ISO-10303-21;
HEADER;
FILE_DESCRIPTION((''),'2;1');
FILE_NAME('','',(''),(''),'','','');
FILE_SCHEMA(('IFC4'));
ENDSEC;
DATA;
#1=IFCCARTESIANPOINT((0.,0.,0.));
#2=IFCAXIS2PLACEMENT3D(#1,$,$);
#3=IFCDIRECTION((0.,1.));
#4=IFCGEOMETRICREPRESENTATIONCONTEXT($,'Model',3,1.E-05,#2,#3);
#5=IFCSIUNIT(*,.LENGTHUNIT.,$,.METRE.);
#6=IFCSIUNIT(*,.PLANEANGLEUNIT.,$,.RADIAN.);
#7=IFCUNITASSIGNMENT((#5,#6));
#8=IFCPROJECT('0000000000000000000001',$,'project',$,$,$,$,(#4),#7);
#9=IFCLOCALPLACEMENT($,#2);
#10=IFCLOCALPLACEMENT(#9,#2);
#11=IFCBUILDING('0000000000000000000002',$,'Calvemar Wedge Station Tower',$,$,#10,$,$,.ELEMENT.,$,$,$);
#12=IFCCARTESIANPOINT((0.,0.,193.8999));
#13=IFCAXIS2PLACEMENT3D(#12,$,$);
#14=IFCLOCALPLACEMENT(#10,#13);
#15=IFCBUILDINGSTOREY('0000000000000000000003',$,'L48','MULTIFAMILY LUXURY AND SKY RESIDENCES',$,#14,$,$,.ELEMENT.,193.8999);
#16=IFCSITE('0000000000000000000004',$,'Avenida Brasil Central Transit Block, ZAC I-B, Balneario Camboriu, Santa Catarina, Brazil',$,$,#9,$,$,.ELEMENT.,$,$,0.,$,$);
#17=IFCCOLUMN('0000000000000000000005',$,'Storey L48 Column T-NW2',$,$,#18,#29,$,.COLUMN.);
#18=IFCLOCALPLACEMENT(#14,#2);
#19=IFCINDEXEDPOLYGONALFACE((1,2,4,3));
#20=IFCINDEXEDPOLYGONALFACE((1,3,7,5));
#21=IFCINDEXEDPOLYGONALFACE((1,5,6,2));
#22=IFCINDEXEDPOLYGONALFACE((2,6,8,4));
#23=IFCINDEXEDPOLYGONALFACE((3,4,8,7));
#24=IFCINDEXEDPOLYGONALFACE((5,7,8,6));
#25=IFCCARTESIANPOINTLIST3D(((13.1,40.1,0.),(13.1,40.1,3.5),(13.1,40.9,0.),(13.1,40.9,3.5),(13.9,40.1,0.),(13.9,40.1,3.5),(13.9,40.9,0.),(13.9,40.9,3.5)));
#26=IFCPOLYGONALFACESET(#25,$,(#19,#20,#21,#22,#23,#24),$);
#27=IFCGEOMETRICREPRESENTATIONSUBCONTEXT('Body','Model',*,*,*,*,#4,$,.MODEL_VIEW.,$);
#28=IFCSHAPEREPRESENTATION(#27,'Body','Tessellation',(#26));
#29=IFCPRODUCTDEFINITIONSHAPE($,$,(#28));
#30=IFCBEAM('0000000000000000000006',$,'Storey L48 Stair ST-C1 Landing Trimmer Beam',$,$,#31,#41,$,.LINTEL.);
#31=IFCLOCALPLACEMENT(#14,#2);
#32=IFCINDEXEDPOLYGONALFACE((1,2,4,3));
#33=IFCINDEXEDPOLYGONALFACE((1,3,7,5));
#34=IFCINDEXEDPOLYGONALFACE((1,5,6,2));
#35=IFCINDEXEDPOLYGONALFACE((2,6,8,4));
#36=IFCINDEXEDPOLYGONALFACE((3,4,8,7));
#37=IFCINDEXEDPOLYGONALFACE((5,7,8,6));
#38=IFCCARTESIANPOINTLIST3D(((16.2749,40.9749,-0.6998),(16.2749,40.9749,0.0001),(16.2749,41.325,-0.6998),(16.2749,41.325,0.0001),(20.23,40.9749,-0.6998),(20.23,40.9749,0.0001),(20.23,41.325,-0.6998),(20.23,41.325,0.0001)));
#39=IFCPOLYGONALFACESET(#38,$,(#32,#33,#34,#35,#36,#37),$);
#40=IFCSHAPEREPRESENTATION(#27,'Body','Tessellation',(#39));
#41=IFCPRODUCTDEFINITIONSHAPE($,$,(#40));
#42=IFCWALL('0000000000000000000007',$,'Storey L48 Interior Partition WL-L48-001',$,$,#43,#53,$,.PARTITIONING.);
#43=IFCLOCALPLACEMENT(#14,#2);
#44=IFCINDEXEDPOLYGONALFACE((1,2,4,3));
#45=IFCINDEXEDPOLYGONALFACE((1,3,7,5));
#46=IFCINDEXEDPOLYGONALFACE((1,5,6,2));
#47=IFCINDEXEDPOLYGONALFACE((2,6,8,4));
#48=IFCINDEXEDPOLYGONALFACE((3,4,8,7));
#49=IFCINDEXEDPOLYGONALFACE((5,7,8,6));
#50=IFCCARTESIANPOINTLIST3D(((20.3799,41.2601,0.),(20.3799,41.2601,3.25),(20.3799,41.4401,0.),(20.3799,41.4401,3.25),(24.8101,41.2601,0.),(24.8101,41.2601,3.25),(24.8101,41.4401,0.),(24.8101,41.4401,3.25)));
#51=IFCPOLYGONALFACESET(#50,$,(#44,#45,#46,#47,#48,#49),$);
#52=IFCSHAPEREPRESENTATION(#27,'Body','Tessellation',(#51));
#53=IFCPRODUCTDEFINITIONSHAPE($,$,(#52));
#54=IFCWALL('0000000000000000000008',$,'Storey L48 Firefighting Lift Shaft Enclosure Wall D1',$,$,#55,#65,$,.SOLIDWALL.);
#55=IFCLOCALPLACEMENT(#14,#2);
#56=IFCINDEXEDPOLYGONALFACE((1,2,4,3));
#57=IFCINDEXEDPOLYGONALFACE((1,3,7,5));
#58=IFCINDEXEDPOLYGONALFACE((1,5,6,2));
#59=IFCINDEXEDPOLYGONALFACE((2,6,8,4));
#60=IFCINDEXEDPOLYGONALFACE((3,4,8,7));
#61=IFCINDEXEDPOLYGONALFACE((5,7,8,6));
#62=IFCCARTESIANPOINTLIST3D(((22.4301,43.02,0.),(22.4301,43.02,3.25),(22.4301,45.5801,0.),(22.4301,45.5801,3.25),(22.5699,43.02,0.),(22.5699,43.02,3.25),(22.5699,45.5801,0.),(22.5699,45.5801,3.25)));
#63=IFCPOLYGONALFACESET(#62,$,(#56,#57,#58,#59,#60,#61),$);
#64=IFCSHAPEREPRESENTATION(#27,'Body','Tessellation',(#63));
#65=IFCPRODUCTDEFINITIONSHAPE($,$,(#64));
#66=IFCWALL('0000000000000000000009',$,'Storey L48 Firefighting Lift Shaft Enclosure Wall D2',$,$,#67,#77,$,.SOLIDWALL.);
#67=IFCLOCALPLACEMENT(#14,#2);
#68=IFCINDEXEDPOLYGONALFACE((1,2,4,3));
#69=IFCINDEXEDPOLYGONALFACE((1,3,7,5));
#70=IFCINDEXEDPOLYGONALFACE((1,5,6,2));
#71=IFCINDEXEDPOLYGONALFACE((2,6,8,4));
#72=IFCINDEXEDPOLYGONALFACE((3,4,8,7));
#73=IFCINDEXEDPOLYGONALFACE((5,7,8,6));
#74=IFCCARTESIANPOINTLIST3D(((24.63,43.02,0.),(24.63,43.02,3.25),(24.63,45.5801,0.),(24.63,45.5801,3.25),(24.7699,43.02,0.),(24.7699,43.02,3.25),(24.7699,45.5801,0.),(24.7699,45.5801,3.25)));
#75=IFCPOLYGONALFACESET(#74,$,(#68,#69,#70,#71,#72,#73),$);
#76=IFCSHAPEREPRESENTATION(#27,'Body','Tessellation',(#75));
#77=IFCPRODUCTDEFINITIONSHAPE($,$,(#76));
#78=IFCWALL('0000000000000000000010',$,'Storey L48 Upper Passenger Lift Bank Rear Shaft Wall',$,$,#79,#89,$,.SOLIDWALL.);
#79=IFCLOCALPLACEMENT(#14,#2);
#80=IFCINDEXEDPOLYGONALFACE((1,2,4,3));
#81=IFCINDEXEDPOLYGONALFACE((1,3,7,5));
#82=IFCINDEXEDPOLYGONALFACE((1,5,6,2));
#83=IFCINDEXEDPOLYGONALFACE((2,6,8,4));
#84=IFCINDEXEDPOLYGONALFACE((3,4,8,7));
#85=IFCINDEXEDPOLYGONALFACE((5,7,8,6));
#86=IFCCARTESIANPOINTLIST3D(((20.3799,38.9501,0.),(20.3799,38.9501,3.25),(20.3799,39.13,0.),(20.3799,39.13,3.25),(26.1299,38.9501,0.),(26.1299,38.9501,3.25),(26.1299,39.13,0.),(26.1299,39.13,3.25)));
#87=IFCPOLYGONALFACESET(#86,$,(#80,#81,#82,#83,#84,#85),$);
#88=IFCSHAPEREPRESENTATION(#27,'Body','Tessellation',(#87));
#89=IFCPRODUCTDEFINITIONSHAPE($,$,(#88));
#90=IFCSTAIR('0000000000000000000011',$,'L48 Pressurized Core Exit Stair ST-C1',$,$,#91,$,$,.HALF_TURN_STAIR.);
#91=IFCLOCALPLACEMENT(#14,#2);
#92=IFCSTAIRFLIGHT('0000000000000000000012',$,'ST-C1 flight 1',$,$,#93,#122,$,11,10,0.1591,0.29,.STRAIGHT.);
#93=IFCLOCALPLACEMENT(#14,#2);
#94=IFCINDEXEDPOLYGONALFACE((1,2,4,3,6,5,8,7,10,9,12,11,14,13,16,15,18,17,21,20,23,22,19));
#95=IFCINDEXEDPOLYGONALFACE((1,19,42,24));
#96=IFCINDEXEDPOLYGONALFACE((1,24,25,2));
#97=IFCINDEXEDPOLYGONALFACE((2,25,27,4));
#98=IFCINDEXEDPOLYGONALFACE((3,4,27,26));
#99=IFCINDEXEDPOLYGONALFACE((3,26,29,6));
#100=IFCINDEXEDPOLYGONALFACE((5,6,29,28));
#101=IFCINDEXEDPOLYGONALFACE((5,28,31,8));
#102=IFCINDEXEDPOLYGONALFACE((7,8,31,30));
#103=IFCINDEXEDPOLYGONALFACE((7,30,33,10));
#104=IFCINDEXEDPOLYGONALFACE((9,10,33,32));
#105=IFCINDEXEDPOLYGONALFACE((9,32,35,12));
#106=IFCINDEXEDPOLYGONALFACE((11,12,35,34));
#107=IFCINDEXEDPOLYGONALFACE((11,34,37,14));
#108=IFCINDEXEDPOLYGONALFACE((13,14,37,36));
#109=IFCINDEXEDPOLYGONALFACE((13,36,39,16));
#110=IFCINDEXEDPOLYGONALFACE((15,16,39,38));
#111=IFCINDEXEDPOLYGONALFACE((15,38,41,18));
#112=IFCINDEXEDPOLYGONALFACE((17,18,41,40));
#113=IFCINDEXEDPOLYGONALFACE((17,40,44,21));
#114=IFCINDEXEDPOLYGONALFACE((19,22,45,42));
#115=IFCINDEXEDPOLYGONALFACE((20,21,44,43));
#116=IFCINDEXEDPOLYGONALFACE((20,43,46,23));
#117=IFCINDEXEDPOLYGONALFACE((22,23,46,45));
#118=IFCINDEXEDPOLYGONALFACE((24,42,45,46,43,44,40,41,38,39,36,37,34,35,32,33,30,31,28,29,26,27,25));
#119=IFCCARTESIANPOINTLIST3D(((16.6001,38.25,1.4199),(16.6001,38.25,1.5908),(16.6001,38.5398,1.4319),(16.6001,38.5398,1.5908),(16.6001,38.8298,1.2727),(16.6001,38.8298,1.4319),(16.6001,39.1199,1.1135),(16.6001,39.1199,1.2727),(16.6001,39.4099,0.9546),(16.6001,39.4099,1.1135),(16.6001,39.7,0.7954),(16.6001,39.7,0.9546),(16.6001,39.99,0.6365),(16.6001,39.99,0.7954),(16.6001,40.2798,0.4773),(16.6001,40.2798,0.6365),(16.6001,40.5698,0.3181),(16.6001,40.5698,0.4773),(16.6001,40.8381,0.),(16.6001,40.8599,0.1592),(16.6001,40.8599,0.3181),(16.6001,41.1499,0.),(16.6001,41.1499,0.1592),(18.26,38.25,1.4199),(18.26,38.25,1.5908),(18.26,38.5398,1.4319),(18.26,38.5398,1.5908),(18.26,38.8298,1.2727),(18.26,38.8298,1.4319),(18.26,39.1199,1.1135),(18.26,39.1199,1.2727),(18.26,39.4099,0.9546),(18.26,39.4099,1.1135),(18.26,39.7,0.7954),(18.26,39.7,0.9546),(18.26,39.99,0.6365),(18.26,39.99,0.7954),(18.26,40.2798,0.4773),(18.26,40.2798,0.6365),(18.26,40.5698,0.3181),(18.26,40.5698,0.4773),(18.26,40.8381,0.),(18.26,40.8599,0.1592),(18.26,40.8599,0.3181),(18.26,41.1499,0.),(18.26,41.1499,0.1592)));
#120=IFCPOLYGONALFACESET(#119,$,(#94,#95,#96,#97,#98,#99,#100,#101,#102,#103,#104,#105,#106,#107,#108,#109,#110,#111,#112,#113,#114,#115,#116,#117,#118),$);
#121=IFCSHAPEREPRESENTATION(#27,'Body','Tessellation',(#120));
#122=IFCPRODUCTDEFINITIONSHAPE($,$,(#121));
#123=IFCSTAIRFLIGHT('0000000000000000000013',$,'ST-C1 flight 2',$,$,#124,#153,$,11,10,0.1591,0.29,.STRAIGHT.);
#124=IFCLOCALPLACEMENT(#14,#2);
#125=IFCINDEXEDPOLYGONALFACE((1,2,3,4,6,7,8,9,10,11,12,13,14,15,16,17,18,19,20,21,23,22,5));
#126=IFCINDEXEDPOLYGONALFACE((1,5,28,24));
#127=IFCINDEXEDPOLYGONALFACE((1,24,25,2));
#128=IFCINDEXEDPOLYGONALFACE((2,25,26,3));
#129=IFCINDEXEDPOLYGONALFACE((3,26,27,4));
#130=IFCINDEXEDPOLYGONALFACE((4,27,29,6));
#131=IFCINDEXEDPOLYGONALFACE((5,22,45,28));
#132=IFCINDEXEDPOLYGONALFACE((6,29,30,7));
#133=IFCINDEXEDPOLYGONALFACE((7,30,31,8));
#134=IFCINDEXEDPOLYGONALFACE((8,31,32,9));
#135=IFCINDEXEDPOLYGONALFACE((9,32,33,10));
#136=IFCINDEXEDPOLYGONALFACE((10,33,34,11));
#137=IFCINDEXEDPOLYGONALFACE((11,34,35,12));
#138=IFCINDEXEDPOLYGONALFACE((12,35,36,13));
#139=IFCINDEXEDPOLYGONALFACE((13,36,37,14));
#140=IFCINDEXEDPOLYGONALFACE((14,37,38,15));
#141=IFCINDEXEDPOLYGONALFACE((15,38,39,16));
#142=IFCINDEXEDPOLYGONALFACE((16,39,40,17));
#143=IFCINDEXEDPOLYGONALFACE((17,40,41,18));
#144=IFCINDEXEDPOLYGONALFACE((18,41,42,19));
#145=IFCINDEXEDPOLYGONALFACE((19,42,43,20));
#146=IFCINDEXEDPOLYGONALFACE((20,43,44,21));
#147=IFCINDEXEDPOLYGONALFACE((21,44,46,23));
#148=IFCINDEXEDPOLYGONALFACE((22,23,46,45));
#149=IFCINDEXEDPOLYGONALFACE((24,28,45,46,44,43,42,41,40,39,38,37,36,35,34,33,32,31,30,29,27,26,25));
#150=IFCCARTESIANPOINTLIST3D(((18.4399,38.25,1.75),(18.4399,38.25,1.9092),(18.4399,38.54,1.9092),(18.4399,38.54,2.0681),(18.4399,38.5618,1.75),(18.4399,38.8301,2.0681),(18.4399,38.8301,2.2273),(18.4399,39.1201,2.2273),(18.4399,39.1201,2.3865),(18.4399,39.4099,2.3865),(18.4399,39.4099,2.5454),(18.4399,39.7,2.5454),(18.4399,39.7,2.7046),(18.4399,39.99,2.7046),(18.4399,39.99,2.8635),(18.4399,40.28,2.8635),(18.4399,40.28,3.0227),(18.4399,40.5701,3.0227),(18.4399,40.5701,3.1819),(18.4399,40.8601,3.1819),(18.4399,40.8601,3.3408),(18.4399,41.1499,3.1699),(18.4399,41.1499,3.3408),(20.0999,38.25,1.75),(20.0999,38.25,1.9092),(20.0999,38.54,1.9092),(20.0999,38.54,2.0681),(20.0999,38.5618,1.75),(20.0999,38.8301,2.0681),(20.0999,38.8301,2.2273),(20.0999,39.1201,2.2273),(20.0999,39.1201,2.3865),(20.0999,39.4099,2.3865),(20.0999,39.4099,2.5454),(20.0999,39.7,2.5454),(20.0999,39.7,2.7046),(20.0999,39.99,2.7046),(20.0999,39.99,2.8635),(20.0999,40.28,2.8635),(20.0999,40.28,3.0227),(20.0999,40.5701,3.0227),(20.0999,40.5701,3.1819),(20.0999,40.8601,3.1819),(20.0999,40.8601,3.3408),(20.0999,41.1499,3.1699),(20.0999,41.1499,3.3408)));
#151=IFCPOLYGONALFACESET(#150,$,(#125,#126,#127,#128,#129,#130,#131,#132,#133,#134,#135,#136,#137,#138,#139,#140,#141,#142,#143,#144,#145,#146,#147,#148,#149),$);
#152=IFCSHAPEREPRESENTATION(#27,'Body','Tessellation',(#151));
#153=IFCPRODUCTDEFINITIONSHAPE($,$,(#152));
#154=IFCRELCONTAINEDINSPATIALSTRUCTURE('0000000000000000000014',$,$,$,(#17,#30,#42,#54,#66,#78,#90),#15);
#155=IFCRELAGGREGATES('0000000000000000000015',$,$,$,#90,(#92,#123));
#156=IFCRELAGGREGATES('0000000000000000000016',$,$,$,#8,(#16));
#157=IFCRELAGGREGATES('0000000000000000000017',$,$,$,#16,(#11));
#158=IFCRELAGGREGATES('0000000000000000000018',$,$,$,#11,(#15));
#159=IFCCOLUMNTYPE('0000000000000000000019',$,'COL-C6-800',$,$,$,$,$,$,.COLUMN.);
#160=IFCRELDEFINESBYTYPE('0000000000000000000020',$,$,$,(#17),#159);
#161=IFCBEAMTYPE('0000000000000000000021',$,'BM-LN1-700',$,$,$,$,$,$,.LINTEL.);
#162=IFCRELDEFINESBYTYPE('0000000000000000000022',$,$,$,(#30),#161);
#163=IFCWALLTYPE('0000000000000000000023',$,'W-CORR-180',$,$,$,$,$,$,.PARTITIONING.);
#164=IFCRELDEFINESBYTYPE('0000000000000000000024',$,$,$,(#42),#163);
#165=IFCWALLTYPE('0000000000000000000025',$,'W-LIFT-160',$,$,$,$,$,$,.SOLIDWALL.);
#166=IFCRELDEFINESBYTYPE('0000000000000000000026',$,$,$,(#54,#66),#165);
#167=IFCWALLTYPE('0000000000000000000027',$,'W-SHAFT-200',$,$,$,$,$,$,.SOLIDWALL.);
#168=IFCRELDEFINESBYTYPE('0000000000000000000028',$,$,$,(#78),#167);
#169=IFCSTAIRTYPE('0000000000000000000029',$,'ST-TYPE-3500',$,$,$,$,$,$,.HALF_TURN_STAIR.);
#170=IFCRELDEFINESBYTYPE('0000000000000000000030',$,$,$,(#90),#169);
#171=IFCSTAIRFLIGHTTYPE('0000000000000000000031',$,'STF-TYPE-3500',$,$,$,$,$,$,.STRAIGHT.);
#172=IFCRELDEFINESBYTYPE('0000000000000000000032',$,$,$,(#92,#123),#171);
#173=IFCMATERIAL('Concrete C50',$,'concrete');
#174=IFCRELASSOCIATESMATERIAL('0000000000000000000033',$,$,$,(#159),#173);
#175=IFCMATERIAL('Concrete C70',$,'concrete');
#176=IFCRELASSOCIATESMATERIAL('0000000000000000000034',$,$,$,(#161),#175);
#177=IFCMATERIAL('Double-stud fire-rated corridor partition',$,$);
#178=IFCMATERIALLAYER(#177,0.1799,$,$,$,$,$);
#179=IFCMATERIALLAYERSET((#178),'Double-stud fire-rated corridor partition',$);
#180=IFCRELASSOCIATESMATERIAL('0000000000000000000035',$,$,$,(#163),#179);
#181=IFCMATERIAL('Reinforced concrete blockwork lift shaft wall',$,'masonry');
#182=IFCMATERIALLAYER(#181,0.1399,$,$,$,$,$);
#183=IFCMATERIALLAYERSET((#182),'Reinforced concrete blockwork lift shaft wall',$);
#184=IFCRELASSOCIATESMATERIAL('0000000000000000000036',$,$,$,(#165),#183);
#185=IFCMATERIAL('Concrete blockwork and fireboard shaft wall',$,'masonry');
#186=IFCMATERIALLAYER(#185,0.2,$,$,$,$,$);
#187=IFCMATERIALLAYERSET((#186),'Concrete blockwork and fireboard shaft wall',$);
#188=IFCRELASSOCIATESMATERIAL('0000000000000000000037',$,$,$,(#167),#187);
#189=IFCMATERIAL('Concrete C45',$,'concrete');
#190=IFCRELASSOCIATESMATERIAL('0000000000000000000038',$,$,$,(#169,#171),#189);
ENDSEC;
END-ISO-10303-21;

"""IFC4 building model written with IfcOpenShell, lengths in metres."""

from ifc_helpers import new_model, si_unit, direction, frame, frame_2d, origin, origin_2d, place, context, subcontext, project, spatial, polyline, rectangle, outline, extrude, source, transform, mapped, material, layer, layer_set, material_profile, profile_set, type_object, element, aggregate, save


model = new_model("IFC4")

# Units and contexts
model_context = context("Model", 3, precision=1e-05, world=origin(), true_north=direction((0.0, 1.0)))
body_context = subcontext(model_context, "Body", "Model", "MODEL_VIEW")
ifc_project = project(units=[si_unit("LENGTHUNIT", "METRE"), si_unit("PLANEANGLEUNIT", "RADIAN")], contexts=[model_context])

# Site, building, storey
site_placement = place(None, origin())
site = spatial("IfcSite", under=ifc_project, at=site_placement, Name="Avenida Brasil Central Transit Block, ZAC I-B, Balneario Camboriu, Santa Catarina, Brazil", CompositionType="ELEMENT", RefElevation=0.0)
building_placement = place(site_placement, origin())
building = spatial("IfcBuilding", under=site, at=building_placement, Name="Calvemar Wedge Station Tower", CompositionType="ELEMENT")
storey_placement = place(building_placement, frame((0.0, 0.0, 193.8999)))
storey = spatial("IfcBuildingStorey", under=building, at=storey_placement, Name="L48", Description="MULTIFAMILY LUXURY AND SKY RESIDENCES", CompositionType="ELEMENT", Elevation=193.8999)

# Column
ifc_material_1 = material(Name="Concrete C50", Category="concrete")
ifc_material_profile_1 = material_profile(ifc_material_1, rectangle(XDim=0.8, YDim=0.8, at=origin_2d()), Name="RC800x800")
ifc_profile_set_1 = profile_set([ifc_material_profile_1], Name="Concrete C50")
column_type = type_object("IfcColumnType", Name="COL-C6-800", PredefinedType="COLUMN", material=ifc_profile_set_1)
shared_shape_1 = source(origin(), body_context, "Body", "SweptSolid", [
    extrude(rectangle(XDim=0.8, YDim=0.8, at=origin_2d()), origin(), (0.0, 0.0, 1.0), 3.5),
])
column_placement = place(storey_placement, frame((13.5, 40.5, 0.0), z_axis=(0.0, 0.0, 1.0), x_axis=(1.0, 0.0, 0.0)))
element("IfcColumn", 1, at=column_placement, inside=storey, type_object=column_type, Name="Storey L48 Column T-NW2", PredefinedType="COLUMN", context=body_context, shape_type="MappedRepresentation", body=[
    mapped(shared_shape_1, transform((0.0, 0.0, 0.0), scale=1.0)),
])

# Beam
ifc_material_2 = material(Name="Concrete C70", Category="concrete")
ifc_material_profile_2 = material_profile(ifc_material_2, rectangle(XDim=0.3501, YDim=0.7, at=origin_2d()), Name="RC350x700")
ifc_profile_set_2 = profile_set([ifc_material_profile_2], Name="Concrete C70")
beam_type = type_object("IfcBeamType", Name="BM-LN1-700", PredefinedType="LINTEL", material=ifc_profile_set_2)
shared_shape_2 = source(origin(), body_context, "Body", "SweptSolid", [
    extrude(rectangle(XDim=0.3501, YDim=0.7, at=origin_2d()), origin(), (0.0, 0.0, 1.0), 3.9551),
])
beam_placement = place(storey_placement, frame((16.2749, 41.1499, -0.3499), z_axis=(1.0, 0.0, 0.0), x_axis=(0.0, 1.0, 0.0)))
element("IfcBeam", 2, at=beam_placement, inside=storey, type_object=beam_type, Name="Storey L48 Stair ST-C1 Landing Trimmer Beam", PredefinedType="LINTEL", context=body_context, shape_type="MappedRepresentation", body=[
    mapped(shared_shape_2, transform((0.0, 0.0, 0.0), scale=1.0)),
])

# Wall
ifc_material_3 = material(Name="Double-stud fire-rated corridor partition")
ifc_layer_1 = layer(ifc_material_3, 0.1799)
ifc_layer_set_1 = layer_set([ifc_layer_1], Name="Double-stud fire-rated corridor partition")
wall_type_1 = type_object("IfcWallType", Name="W-CORR-180", PredefinedType="PARTITIONING", material=ifc_layer_set_1)
wall_1_placement = place(storey_placement, frame((24.8101, 41.3501, 0.0), z_axis=(0.0, 0.0, 1.0), x_axis=(-1.0, 0.0, 0.0)))
element("IfcWall", 3, at=wall_1_placement, inside=storey, type_object=wall_type_1, Name="Storey L48 Interior Partition WL-L48-001", PredefinedType="PARTITIONING", context=body_context, shape_type="SweptSolid", body=[
    extrude(rectangle(XDim=4.4302, YDim=0.1799, at=frame_2d((2.2151, 0.0))), origin(), (0.0, 0.0, 1.0), 3.25),
])

# Shared definitions
ifc_material_4 = material(Name="Reinforced concrete blockwork lift shaft wall", Category="masonry")
ifc_layer_2 = layer(ifc_material_4, 0.1399)
ifc_layer_set_2 = layer_set([ifc_layer_2], Name="Reinforced concrete blockwork lift shaft wall")
wall_type_2 = type_object("IfcWallType", Name="W-LIFT-160", PredefinedType="SOLIDWALL", material=ifc_layer_set_2)

# Walls
for number, where, z_axis, x_axis, name in (
    (4, (22.5, 43.02, 0.0), (0.0, 0.0, 1.0), (0.0, 1.0, 0.0), "Storey L48 Firefighting Lift Shaft Enclosure Wall D1"),
    (5, (24.7, 43.02, 0.0), (0.0, 0.0, 1.0), (0.0, 1.0, 0.0), "Storey L48 Firefighting Lift Shaft Enclosure Wall D2"),
):
    element("IfcWall", number, at=place(storey_placement, frame(where, z_axis=z_axis, x_axis=x_axis)), inside=storey, type_object=wall_type_2, Name=name, PredefinedType="SOLIDWALL", context=body_context, shape_type="SweptSolid", body=[
        extrude(rectangle(XDim=2.5601, YDim=0.1399, at=frame_2d((1.28, 0.0))), origin(), (0.0, 0.0, 1.0), 3.25),
    ])
ifc_material_5 = material(Name="Concrete blockwork and fireboard shaft wall", Category="masonry")
ifc_layer_3 = layer(ifc_material_5, 0.2)
ifc_layer_set_3 = layer_set([ifc_layer_3], Name="Concrete blockwork and fireboard shaft wall")
wall_type_3 = type_object("IfcWallType", Name="W-SHAFT-200", PredefinedType="SOLIDWALL", material=ifc_layer_set_3)
wall_2_placement = place(storey_placement, frame((20.3799, 39.04, 0.0), z_axis=(0.0, 0.0, 1.0), x_axis=(1.0, 0.0, 0.0)))
element("IfcWall", 6, at=wall_2_placement, inside=storey, type_object=wall_type_3, Name="Storey L48 Upper Passenger Lift Bank Rear Shaft Wall", PredefinedType="SOLIDWALL", context=body_context, shape_type="SweptSolid", body=[
    extrude(rectangle(XDim=5.75, YDim=0.1799, at=frame_2d((2.875, 0.0))), origin(), (0.0, 0.0, 1.0), 3.25),
])

# Stair, stair flights
ifc_material_6 = material(Name="Concrete C45", Category="concrete")
stair_type = type_object("IfcStairType", Name="ST-TYPE-3500", PredefinedType="HALF_TURN_STAIR", material=ifc_material_6)
stair_placement = place(storey_placement, origin())
stair = element("IfcStair", 7, at=stair_placement, inside=storey, type_object=stair_type, Name="L48 Pressurized Core Exit Stair ST-C1", PredefinedType="HALF_TURN_STAIR")
stair_flight_type = type_object("IfcStairFlightType", Name="STF-TYPE-3500", PredefinedType="STRAIGHT", material=ifc_material_6)
stair_flight_1_placement = place(storey_placement, frame((17.4299, 41.1499, 0.0), z_axis=(0.0, 0.0, 1.0), x_axis=(0.0, -1.0, 0.0)))
stair_flight_1 = element("IfcStairFlight", 8, at=stair_flight_1_placement, type_object=stair_flight_type, Name="ST-C1 flight 1", NumberOfRisers=11, NumberOfTreads=10, PredefinedType="STRAIGHT", RiserHeight=0.1591, TreadLength=0.29, context=body_context, shape_type="SweptSolid", body=[
    extrude(outline(polyline([(0.0, 0.0), (0.0, 0.1592), (0.29, 0.1592), (0.29, 0.3181), (0.5801, 0.3181), (0.5801, 0.4773), (0.8701, 0.4773), (0.8701, 0.6365), (1.1599, 0.6365), (1.1599, 0.7954), (1.45, 0.7954), (1.45, 0.9546), (1.74, 0.9546), (1.74, 1.1135), (2.03, 1.1135), (2.03, 1.2727), (2.3201, 1.2727), (2.3201, 1.4319), (2.6101, 1.4319), (2.6101, 1.5908), (2.8999, 1.5908), (2.8999, 1.75), (2.8999, 1.4199), (0.3118, 0.0), (0.0, 0.0)])), frame((0.0, 0.8301, 0.0), z_axis=(0.0, -1.0, 0.0), x_axis=(1.0, 0.0, 0.0)), (0.0, 0.0, 1.0), 1.6599),
])
stair_flight_2_placement = place(storey_placement, frame((19.27, 38.25, 1.75), z_axis=(0.0, 0.0, 1.0), x_axis=(0.0, 1.0, 0.0)))
stair_flight_2 = element("IfcStairFlight", 9, at=stair_flight_2_placement, type_object=stair_flight_type, Name="ST-C1 flight 2", NumberOfRisers=11, NumberOfTreads=10, PredefinedType="STRAIGHT", RiserHeight=0.1591, TreadLength=0.29, context=body_context, shape_type="SweptSolid", body=[
    extrude(outline(polyline([(0.0, 0.0), (0.0, 0.1592), (0.29, 0.1592), (0.29, 0.3181), (0.5801, 0.3181), (0.5801, 0.4773), (0.8701, 0.4773), (0.8701, 0.6365), (1.1599, 0.6365), (1.1599, 0.7954), (1.45, 0.7954), (1.45, 0.9546), (1.74, 0.9546), (1.74, 1.1135), (2.03, 1.1135), (2.03, 1.2727), (2.3201, 1.2727), (2.3201, 1.4319), (2.6101, 1.4319), (2.6101, 1.5908), (2.8999, 1.5908), (2.8999, 1.75), (2.8999, 1.4199), (0.3118, 0.0), (0.0, 0.0)])), frame((0.0, 0.8301, 0.0), z_axis=(0.0, -1.0, 0.0), x_axis=(1.0, 0.0, 0.0)), (0.0, 0.0, 1.0), 1.6599),
])
aggregate(stair, [stair_flight_1, stair_flight_2])

save(model, "model.ifc")
